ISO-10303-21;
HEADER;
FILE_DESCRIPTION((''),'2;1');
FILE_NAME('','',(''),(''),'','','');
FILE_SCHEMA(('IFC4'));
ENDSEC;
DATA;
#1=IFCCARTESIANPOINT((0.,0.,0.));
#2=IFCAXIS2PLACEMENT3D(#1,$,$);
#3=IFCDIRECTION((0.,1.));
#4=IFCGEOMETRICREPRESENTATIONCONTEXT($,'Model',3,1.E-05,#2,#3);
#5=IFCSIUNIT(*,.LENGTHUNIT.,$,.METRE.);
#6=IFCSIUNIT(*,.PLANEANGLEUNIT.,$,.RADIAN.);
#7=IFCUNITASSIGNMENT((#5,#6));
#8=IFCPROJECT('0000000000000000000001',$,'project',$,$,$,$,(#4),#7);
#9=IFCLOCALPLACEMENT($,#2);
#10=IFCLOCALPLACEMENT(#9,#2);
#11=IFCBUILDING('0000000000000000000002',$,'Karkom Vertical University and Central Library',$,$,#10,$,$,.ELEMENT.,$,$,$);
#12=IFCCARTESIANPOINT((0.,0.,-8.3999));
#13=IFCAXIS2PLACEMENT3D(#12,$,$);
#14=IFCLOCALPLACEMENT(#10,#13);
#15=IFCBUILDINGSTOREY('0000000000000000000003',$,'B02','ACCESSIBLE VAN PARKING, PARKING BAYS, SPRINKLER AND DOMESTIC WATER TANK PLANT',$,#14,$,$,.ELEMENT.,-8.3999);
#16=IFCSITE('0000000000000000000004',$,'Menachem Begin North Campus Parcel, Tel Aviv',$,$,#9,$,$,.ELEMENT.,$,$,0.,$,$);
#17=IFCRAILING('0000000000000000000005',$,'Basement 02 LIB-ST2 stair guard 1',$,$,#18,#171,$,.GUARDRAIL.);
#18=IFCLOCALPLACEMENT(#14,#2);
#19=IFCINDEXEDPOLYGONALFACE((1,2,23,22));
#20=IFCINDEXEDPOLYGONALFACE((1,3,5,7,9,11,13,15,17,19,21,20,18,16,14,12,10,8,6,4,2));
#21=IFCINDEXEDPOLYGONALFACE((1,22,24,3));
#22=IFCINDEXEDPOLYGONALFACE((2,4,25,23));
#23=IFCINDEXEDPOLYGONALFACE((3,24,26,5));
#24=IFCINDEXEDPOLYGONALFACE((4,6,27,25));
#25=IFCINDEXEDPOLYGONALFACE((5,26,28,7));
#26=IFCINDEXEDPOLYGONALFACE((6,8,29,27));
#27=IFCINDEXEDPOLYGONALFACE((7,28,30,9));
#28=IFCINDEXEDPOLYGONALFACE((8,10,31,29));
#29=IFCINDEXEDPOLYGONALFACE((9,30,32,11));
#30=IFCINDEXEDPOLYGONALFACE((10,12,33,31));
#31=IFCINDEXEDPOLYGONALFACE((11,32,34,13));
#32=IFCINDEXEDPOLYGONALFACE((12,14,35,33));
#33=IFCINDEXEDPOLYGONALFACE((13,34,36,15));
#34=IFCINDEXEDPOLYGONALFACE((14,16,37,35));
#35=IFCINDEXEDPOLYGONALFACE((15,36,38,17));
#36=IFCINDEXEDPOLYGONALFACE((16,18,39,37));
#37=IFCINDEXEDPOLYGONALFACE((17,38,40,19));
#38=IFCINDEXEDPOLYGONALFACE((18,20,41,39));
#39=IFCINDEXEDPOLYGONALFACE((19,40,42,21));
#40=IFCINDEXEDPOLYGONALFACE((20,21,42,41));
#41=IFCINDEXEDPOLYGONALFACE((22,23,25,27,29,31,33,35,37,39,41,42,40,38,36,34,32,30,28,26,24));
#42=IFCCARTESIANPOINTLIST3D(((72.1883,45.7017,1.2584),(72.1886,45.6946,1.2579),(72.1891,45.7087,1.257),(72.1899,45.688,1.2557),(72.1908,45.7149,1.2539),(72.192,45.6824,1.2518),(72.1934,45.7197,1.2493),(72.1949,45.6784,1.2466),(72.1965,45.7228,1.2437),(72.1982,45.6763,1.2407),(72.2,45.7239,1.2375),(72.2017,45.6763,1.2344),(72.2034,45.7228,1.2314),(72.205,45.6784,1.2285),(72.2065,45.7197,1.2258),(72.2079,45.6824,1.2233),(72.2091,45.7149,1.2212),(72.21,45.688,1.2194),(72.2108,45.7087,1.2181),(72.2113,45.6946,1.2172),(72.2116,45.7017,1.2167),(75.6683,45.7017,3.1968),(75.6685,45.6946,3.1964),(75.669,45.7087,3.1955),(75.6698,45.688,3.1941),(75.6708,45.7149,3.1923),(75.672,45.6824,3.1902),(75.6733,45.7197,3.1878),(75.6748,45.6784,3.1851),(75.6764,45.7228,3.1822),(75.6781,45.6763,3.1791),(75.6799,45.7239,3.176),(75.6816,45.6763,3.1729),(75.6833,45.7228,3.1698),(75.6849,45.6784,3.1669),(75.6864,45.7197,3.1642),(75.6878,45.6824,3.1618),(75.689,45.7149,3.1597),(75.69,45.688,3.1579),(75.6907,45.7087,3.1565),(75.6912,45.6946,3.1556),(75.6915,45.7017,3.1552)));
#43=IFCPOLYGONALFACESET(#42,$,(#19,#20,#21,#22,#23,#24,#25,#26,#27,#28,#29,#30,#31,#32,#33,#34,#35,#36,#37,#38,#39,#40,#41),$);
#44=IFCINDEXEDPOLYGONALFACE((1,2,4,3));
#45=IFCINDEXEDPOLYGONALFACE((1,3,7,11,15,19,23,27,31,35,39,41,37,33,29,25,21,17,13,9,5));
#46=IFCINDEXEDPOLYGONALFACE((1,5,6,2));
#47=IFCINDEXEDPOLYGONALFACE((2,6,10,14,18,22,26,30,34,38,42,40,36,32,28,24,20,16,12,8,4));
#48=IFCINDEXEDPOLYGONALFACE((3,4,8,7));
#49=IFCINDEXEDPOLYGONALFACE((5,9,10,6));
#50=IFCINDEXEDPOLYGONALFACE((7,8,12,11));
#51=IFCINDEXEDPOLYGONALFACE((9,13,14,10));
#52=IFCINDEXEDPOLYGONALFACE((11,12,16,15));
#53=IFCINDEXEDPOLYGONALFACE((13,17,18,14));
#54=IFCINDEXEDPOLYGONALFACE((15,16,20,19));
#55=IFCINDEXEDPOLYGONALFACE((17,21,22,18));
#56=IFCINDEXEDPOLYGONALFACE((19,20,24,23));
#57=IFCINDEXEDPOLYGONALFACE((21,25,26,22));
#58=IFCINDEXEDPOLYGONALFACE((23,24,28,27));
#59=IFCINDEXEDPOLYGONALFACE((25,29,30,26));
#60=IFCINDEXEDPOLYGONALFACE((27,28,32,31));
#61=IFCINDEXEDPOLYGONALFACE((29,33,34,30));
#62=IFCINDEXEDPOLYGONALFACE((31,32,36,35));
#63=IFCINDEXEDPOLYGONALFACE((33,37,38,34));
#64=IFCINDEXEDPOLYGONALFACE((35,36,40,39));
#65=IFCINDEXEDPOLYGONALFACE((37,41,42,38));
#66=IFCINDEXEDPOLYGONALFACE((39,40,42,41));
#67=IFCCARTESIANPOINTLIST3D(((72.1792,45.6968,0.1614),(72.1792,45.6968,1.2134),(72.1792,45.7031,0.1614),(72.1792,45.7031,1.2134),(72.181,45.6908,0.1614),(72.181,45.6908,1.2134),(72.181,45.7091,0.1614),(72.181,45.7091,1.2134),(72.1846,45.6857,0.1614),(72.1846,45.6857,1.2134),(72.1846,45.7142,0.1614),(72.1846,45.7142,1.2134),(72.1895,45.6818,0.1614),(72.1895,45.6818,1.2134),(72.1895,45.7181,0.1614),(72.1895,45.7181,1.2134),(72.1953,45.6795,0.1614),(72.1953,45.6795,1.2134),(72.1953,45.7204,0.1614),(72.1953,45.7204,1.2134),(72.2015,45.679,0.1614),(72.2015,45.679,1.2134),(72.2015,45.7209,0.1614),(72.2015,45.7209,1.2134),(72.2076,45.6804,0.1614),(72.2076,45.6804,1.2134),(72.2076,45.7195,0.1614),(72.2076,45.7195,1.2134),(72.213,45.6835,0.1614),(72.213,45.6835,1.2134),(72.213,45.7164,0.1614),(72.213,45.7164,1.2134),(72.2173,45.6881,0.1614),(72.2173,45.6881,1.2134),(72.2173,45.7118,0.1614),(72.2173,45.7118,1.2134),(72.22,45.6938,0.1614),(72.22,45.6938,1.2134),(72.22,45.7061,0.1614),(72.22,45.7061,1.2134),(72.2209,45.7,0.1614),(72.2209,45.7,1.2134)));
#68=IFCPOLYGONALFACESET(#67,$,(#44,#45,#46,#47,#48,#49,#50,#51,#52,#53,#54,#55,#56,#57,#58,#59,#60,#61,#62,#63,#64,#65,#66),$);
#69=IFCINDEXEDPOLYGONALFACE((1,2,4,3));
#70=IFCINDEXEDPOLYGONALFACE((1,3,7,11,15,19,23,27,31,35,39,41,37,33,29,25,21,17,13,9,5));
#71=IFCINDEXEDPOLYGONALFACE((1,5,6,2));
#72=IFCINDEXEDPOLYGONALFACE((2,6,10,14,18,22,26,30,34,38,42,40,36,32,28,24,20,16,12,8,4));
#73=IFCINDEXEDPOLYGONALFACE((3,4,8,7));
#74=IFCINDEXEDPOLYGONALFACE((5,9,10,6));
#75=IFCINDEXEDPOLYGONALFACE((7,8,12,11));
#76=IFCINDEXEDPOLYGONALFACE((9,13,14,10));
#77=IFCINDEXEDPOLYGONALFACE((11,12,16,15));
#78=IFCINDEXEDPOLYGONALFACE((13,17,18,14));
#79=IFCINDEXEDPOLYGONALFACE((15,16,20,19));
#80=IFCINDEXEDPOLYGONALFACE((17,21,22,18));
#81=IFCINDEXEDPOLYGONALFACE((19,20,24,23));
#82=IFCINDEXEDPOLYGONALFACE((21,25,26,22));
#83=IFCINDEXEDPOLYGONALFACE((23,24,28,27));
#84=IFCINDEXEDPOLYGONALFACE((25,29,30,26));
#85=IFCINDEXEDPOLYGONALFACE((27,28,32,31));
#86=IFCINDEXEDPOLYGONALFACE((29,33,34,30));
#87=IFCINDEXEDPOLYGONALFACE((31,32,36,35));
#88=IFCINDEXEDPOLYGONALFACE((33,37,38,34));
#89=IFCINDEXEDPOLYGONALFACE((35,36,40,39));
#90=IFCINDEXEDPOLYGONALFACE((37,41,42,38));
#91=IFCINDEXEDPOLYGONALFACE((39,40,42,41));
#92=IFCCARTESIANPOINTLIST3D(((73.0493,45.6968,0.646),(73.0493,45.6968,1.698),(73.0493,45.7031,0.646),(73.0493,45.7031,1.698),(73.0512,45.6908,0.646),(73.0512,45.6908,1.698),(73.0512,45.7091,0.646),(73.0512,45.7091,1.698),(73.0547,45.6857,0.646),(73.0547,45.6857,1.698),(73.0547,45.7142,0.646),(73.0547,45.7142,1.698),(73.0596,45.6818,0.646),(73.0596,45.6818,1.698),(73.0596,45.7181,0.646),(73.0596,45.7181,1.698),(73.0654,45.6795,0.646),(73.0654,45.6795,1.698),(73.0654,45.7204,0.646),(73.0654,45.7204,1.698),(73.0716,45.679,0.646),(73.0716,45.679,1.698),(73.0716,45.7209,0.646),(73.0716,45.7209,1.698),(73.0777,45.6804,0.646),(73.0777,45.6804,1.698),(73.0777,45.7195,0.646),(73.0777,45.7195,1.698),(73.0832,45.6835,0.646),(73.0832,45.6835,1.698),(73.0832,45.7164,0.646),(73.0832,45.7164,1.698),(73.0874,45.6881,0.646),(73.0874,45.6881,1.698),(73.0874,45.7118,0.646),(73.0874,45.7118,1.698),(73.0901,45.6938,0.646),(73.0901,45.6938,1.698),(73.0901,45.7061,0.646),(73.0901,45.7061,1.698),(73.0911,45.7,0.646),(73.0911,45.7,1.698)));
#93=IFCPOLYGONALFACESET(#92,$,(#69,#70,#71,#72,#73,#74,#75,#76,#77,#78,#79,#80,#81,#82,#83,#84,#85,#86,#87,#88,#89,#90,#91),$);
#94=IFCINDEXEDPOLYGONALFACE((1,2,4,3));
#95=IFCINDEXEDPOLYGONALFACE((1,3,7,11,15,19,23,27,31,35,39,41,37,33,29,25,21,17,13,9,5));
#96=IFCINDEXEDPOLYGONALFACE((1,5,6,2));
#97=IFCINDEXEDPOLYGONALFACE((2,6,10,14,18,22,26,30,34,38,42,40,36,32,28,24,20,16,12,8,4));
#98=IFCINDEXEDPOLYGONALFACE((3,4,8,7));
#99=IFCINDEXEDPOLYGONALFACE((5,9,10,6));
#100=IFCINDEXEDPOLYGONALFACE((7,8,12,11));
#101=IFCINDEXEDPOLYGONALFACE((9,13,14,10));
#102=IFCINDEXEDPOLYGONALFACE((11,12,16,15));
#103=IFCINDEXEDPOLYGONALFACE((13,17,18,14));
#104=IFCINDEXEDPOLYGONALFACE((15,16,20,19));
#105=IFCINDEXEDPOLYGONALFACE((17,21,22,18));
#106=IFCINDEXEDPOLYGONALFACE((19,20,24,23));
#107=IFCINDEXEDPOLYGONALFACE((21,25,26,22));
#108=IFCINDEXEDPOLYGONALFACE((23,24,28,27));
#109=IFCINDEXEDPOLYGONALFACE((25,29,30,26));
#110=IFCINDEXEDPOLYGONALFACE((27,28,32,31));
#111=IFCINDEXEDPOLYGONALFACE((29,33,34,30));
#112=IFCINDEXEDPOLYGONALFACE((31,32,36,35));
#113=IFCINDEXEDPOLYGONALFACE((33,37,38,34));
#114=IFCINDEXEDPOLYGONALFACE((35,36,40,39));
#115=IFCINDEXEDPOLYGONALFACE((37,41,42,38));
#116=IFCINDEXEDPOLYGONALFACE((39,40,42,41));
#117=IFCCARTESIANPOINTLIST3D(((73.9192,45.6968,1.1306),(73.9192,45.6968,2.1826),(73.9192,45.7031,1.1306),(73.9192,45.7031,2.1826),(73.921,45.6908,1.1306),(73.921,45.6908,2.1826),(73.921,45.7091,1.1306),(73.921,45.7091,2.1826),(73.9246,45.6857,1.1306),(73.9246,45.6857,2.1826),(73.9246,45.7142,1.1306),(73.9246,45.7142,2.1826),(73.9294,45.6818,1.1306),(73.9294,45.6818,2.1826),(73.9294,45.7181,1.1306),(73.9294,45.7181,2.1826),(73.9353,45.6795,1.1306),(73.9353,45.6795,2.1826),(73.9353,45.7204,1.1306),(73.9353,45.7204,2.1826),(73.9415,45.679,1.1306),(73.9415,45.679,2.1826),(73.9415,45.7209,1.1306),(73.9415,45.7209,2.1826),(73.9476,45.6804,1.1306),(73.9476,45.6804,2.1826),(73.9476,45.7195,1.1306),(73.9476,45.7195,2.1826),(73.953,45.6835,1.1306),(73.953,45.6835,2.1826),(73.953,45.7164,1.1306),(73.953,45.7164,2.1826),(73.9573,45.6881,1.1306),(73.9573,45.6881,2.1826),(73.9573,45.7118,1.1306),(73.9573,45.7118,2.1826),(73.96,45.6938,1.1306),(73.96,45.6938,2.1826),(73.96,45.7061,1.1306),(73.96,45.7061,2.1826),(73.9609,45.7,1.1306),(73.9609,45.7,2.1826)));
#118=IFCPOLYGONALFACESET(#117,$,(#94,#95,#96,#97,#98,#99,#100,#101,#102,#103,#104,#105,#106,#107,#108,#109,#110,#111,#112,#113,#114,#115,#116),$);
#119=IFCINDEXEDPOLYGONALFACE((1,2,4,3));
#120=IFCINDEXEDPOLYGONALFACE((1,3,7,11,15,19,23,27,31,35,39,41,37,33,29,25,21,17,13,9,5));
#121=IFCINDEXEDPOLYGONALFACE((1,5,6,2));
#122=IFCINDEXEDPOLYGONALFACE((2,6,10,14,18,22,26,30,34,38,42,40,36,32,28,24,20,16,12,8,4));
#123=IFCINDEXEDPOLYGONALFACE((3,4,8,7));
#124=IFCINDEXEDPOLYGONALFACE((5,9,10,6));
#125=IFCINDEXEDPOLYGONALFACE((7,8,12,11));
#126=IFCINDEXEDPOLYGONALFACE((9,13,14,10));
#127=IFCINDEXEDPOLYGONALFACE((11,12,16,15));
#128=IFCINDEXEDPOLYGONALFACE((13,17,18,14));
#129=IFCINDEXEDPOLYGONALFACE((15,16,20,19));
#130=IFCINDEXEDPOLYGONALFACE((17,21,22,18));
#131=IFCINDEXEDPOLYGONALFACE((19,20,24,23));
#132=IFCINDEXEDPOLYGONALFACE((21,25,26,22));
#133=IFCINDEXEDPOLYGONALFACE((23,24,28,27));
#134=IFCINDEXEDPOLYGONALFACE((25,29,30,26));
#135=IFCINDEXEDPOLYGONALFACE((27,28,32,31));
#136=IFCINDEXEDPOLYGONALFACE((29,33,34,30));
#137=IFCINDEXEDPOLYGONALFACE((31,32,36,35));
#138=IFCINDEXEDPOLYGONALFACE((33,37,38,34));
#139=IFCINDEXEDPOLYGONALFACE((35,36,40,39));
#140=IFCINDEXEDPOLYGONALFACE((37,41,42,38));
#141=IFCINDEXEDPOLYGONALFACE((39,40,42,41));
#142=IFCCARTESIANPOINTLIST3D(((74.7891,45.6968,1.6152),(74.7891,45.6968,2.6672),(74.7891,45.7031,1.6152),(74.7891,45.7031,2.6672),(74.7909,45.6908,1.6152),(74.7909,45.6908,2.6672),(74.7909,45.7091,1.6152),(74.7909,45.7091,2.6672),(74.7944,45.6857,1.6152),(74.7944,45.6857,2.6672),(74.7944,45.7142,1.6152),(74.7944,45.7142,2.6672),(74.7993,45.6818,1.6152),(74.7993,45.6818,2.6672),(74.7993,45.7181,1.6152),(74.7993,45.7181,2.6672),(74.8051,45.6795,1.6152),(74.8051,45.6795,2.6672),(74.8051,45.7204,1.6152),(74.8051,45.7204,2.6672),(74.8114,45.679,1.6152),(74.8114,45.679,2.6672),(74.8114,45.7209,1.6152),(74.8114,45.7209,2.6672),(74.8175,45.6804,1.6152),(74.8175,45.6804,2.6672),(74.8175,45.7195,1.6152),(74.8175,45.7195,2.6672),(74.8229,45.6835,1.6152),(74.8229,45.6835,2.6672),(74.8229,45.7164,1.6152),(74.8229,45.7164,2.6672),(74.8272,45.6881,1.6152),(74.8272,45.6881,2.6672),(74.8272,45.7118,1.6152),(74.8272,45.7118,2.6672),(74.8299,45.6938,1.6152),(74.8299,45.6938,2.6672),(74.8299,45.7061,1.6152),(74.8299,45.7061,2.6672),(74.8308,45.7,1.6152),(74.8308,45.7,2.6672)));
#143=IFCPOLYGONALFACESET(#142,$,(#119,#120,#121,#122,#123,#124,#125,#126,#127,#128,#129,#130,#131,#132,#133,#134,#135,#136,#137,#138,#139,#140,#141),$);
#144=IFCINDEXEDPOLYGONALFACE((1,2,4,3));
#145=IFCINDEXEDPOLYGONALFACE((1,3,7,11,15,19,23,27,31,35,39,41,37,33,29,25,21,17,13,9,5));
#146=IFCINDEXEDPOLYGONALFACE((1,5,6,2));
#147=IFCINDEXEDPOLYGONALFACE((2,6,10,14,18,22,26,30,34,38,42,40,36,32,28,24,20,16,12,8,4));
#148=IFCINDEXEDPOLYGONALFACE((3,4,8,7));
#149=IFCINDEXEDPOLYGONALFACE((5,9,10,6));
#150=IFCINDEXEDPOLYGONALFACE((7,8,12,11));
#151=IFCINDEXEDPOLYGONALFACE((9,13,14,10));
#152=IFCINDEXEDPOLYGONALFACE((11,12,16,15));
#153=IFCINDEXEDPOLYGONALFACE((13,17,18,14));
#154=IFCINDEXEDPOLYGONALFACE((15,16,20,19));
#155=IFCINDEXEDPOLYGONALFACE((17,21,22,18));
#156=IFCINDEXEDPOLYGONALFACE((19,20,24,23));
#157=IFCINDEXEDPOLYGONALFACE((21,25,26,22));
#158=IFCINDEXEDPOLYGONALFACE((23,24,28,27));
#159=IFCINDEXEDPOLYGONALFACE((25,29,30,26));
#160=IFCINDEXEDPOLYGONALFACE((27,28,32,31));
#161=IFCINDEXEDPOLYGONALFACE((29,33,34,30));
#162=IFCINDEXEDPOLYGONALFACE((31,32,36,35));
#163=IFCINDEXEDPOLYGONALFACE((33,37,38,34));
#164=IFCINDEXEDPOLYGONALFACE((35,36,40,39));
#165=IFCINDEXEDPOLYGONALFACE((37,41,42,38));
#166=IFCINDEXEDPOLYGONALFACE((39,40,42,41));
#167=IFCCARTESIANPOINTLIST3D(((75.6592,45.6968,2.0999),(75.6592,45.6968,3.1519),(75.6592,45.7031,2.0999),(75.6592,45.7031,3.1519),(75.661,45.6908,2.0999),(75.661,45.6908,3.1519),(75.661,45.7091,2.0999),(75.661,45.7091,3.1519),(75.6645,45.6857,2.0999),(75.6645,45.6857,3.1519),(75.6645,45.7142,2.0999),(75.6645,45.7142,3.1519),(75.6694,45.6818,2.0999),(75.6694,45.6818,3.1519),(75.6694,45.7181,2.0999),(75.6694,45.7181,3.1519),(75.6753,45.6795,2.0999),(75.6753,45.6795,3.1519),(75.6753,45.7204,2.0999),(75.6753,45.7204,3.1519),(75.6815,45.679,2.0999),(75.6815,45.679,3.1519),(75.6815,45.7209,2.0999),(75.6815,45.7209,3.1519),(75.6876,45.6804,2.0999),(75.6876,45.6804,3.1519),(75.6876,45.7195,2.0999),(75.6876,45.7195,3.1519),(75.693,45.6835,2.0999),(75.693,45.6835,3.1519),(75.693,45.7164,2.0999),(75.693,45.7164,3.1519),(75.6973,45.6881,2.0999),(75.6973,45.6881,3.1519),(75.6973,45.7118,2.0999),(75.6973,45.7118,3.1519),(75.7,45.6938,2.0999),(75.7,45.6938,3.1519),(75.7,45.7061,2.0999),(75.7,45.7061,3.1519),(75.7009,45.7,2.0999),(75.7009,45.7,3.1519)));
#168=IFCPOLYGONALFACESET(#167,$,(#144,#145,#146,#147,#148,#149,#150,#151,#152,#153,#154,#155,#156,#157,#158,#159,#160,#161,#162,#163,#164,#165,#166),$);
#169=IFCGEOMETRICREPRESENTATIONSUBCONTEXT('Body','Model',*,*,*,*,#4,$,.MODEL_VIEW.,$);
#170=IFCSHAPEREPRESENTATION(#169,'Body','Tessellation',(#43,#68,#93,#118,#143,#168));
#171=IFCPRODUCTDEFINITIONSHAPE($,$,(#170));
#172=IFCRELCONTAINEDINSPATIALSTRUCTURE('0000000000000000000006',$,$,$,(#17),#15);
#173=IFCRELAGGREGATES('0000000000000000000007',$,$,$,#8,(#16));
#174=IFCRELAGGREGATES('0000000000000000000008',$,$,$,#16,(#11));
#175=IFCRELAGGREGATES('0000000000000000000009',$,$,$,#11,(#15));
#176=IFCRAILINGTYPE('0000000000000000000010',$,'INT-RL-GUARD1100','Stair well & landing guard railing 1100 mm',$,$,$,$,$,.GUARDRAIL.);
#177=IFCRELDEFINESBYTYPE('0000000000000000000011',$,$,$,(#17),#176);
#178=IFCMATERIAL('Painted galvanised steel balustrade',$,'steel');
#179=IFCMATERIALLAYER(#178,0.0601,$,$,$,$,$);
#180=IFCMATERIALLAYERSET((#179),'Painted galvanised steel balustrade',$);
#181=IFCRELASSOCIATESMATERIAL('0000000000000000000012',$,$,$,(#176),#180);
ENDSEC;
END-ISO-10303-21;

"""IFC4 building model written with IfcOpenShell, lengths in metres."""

from ifc_helpers import new_model, si_unit, direction, frame, origin, origin_2d, place, context, subcontext, project, spatial, circle, extrude, material, layer, layer_set, type_object, element, save


model = new_model("IFC4")

# Units and contexts
model_context = context("Model", 3, precision=1e-05, world=origin(), true_north=direction((0.0, 1.0)))
body_context = subcontext(model_context, "Body", "Model", "MODEL_VIEW")
ifc_project = project(units=[si_unit("LENGTHUNIT", "METRE"), si_unit("PLANEANGLEUNIT", "RADIAN")], contexts=[model_context])

# Site, building, storey
site_placement = place(None, origin())
site = spatial("IfcSite", under=ifc_project, at=site_placement, Name="Menachem Begin North Campus Parcel, Tel Aviv", CompositionType="ELEMENT", RefElevation=0.0)
building_placement = place(site_placement, origin())
building = spatial("IfcBuilding", under=site, at=building_placement, Name="Karkom Vertical University and Central Library", CompositionType="ELEMENT")
storey_placement = place(building_placement, frame((0.0, 0.0, -8.3999)))
storey = spatial("IfcBuildingStorey", under=building, at=storey_placement, Name="B02", Description="ACCESSIBLE VAN PARKING, PARKING BAYS, SPRINKLER AND DOMESTIC WATER TANK PLANT", CompositionType="ELEMENT", Elevation=-8.3999)

# Railing
ifc_material_1 = material(Name="Painted galvanised steel balustrade", Category="steel")
ifc_layer_1 = layer(ifc_material_1, 0.0601)
ifc_layer_set_1 = layer_set([ifc_layer_1], Name="Painted galvanised steel balustrade")
railing_type_1 = type_object("IfcRailingType", Name="INT-RL-GUARD1100", Description="Stair well & landing guard railing 1100 mm", PredefinedType="GUARDRAIL", material=ifc_layer_set_1)
railing_1_placement = place(storey_placement, frame((72.2, 45.7, 0.1614)))
element("IfcRailing", 1, at=railing_1_placement, inside=storey, type_object=railing_type_1, Name="Basement 02 LIB-ST2 stair guard 1", PredefinedType="GUARDRAIL", context=body_context, shape_type="SweptSolid", body=[
    extrude(circle(Radius=0.0239, at=origin_2d()), frame((0.0, 0.0, 1.0762), z_axis=(0.873607, 0.0, 0.486631), x_axis=(0.0, 1.0, 0.0)), (0.0, 0.0, 1.0), 3.9834),
    extrude(circle(Radius=0.021, at=origin_2d()), origin(), (0.0, 0.0, 1.0), 1.052),
    extrude(circle(Radius=0.021, at=origin_2d()), frame((0.8701, 0.0, 0.4846)), (0.0, 0.0, 1.0), 1.052),
    extrude(circle(Radius=0.021, at=origin_2d()), frame((1.74, 0.0, 0.9692)), (0.0, 0.0, 1.0), 1.052),
    extrude(circle(Radius=0.021, at=origin_2d()), frame((2.6099, 0.0, 1.4539)), (0.0, 0.0, 1.0), 1.052),
    extrude(circle(Radius=0.021, at=origin_2d()), frame((3.48, 0.0, 1.9385)), (0.0, 0.0, 1.0), 1.052),
])

save(model, "model.ifc")
